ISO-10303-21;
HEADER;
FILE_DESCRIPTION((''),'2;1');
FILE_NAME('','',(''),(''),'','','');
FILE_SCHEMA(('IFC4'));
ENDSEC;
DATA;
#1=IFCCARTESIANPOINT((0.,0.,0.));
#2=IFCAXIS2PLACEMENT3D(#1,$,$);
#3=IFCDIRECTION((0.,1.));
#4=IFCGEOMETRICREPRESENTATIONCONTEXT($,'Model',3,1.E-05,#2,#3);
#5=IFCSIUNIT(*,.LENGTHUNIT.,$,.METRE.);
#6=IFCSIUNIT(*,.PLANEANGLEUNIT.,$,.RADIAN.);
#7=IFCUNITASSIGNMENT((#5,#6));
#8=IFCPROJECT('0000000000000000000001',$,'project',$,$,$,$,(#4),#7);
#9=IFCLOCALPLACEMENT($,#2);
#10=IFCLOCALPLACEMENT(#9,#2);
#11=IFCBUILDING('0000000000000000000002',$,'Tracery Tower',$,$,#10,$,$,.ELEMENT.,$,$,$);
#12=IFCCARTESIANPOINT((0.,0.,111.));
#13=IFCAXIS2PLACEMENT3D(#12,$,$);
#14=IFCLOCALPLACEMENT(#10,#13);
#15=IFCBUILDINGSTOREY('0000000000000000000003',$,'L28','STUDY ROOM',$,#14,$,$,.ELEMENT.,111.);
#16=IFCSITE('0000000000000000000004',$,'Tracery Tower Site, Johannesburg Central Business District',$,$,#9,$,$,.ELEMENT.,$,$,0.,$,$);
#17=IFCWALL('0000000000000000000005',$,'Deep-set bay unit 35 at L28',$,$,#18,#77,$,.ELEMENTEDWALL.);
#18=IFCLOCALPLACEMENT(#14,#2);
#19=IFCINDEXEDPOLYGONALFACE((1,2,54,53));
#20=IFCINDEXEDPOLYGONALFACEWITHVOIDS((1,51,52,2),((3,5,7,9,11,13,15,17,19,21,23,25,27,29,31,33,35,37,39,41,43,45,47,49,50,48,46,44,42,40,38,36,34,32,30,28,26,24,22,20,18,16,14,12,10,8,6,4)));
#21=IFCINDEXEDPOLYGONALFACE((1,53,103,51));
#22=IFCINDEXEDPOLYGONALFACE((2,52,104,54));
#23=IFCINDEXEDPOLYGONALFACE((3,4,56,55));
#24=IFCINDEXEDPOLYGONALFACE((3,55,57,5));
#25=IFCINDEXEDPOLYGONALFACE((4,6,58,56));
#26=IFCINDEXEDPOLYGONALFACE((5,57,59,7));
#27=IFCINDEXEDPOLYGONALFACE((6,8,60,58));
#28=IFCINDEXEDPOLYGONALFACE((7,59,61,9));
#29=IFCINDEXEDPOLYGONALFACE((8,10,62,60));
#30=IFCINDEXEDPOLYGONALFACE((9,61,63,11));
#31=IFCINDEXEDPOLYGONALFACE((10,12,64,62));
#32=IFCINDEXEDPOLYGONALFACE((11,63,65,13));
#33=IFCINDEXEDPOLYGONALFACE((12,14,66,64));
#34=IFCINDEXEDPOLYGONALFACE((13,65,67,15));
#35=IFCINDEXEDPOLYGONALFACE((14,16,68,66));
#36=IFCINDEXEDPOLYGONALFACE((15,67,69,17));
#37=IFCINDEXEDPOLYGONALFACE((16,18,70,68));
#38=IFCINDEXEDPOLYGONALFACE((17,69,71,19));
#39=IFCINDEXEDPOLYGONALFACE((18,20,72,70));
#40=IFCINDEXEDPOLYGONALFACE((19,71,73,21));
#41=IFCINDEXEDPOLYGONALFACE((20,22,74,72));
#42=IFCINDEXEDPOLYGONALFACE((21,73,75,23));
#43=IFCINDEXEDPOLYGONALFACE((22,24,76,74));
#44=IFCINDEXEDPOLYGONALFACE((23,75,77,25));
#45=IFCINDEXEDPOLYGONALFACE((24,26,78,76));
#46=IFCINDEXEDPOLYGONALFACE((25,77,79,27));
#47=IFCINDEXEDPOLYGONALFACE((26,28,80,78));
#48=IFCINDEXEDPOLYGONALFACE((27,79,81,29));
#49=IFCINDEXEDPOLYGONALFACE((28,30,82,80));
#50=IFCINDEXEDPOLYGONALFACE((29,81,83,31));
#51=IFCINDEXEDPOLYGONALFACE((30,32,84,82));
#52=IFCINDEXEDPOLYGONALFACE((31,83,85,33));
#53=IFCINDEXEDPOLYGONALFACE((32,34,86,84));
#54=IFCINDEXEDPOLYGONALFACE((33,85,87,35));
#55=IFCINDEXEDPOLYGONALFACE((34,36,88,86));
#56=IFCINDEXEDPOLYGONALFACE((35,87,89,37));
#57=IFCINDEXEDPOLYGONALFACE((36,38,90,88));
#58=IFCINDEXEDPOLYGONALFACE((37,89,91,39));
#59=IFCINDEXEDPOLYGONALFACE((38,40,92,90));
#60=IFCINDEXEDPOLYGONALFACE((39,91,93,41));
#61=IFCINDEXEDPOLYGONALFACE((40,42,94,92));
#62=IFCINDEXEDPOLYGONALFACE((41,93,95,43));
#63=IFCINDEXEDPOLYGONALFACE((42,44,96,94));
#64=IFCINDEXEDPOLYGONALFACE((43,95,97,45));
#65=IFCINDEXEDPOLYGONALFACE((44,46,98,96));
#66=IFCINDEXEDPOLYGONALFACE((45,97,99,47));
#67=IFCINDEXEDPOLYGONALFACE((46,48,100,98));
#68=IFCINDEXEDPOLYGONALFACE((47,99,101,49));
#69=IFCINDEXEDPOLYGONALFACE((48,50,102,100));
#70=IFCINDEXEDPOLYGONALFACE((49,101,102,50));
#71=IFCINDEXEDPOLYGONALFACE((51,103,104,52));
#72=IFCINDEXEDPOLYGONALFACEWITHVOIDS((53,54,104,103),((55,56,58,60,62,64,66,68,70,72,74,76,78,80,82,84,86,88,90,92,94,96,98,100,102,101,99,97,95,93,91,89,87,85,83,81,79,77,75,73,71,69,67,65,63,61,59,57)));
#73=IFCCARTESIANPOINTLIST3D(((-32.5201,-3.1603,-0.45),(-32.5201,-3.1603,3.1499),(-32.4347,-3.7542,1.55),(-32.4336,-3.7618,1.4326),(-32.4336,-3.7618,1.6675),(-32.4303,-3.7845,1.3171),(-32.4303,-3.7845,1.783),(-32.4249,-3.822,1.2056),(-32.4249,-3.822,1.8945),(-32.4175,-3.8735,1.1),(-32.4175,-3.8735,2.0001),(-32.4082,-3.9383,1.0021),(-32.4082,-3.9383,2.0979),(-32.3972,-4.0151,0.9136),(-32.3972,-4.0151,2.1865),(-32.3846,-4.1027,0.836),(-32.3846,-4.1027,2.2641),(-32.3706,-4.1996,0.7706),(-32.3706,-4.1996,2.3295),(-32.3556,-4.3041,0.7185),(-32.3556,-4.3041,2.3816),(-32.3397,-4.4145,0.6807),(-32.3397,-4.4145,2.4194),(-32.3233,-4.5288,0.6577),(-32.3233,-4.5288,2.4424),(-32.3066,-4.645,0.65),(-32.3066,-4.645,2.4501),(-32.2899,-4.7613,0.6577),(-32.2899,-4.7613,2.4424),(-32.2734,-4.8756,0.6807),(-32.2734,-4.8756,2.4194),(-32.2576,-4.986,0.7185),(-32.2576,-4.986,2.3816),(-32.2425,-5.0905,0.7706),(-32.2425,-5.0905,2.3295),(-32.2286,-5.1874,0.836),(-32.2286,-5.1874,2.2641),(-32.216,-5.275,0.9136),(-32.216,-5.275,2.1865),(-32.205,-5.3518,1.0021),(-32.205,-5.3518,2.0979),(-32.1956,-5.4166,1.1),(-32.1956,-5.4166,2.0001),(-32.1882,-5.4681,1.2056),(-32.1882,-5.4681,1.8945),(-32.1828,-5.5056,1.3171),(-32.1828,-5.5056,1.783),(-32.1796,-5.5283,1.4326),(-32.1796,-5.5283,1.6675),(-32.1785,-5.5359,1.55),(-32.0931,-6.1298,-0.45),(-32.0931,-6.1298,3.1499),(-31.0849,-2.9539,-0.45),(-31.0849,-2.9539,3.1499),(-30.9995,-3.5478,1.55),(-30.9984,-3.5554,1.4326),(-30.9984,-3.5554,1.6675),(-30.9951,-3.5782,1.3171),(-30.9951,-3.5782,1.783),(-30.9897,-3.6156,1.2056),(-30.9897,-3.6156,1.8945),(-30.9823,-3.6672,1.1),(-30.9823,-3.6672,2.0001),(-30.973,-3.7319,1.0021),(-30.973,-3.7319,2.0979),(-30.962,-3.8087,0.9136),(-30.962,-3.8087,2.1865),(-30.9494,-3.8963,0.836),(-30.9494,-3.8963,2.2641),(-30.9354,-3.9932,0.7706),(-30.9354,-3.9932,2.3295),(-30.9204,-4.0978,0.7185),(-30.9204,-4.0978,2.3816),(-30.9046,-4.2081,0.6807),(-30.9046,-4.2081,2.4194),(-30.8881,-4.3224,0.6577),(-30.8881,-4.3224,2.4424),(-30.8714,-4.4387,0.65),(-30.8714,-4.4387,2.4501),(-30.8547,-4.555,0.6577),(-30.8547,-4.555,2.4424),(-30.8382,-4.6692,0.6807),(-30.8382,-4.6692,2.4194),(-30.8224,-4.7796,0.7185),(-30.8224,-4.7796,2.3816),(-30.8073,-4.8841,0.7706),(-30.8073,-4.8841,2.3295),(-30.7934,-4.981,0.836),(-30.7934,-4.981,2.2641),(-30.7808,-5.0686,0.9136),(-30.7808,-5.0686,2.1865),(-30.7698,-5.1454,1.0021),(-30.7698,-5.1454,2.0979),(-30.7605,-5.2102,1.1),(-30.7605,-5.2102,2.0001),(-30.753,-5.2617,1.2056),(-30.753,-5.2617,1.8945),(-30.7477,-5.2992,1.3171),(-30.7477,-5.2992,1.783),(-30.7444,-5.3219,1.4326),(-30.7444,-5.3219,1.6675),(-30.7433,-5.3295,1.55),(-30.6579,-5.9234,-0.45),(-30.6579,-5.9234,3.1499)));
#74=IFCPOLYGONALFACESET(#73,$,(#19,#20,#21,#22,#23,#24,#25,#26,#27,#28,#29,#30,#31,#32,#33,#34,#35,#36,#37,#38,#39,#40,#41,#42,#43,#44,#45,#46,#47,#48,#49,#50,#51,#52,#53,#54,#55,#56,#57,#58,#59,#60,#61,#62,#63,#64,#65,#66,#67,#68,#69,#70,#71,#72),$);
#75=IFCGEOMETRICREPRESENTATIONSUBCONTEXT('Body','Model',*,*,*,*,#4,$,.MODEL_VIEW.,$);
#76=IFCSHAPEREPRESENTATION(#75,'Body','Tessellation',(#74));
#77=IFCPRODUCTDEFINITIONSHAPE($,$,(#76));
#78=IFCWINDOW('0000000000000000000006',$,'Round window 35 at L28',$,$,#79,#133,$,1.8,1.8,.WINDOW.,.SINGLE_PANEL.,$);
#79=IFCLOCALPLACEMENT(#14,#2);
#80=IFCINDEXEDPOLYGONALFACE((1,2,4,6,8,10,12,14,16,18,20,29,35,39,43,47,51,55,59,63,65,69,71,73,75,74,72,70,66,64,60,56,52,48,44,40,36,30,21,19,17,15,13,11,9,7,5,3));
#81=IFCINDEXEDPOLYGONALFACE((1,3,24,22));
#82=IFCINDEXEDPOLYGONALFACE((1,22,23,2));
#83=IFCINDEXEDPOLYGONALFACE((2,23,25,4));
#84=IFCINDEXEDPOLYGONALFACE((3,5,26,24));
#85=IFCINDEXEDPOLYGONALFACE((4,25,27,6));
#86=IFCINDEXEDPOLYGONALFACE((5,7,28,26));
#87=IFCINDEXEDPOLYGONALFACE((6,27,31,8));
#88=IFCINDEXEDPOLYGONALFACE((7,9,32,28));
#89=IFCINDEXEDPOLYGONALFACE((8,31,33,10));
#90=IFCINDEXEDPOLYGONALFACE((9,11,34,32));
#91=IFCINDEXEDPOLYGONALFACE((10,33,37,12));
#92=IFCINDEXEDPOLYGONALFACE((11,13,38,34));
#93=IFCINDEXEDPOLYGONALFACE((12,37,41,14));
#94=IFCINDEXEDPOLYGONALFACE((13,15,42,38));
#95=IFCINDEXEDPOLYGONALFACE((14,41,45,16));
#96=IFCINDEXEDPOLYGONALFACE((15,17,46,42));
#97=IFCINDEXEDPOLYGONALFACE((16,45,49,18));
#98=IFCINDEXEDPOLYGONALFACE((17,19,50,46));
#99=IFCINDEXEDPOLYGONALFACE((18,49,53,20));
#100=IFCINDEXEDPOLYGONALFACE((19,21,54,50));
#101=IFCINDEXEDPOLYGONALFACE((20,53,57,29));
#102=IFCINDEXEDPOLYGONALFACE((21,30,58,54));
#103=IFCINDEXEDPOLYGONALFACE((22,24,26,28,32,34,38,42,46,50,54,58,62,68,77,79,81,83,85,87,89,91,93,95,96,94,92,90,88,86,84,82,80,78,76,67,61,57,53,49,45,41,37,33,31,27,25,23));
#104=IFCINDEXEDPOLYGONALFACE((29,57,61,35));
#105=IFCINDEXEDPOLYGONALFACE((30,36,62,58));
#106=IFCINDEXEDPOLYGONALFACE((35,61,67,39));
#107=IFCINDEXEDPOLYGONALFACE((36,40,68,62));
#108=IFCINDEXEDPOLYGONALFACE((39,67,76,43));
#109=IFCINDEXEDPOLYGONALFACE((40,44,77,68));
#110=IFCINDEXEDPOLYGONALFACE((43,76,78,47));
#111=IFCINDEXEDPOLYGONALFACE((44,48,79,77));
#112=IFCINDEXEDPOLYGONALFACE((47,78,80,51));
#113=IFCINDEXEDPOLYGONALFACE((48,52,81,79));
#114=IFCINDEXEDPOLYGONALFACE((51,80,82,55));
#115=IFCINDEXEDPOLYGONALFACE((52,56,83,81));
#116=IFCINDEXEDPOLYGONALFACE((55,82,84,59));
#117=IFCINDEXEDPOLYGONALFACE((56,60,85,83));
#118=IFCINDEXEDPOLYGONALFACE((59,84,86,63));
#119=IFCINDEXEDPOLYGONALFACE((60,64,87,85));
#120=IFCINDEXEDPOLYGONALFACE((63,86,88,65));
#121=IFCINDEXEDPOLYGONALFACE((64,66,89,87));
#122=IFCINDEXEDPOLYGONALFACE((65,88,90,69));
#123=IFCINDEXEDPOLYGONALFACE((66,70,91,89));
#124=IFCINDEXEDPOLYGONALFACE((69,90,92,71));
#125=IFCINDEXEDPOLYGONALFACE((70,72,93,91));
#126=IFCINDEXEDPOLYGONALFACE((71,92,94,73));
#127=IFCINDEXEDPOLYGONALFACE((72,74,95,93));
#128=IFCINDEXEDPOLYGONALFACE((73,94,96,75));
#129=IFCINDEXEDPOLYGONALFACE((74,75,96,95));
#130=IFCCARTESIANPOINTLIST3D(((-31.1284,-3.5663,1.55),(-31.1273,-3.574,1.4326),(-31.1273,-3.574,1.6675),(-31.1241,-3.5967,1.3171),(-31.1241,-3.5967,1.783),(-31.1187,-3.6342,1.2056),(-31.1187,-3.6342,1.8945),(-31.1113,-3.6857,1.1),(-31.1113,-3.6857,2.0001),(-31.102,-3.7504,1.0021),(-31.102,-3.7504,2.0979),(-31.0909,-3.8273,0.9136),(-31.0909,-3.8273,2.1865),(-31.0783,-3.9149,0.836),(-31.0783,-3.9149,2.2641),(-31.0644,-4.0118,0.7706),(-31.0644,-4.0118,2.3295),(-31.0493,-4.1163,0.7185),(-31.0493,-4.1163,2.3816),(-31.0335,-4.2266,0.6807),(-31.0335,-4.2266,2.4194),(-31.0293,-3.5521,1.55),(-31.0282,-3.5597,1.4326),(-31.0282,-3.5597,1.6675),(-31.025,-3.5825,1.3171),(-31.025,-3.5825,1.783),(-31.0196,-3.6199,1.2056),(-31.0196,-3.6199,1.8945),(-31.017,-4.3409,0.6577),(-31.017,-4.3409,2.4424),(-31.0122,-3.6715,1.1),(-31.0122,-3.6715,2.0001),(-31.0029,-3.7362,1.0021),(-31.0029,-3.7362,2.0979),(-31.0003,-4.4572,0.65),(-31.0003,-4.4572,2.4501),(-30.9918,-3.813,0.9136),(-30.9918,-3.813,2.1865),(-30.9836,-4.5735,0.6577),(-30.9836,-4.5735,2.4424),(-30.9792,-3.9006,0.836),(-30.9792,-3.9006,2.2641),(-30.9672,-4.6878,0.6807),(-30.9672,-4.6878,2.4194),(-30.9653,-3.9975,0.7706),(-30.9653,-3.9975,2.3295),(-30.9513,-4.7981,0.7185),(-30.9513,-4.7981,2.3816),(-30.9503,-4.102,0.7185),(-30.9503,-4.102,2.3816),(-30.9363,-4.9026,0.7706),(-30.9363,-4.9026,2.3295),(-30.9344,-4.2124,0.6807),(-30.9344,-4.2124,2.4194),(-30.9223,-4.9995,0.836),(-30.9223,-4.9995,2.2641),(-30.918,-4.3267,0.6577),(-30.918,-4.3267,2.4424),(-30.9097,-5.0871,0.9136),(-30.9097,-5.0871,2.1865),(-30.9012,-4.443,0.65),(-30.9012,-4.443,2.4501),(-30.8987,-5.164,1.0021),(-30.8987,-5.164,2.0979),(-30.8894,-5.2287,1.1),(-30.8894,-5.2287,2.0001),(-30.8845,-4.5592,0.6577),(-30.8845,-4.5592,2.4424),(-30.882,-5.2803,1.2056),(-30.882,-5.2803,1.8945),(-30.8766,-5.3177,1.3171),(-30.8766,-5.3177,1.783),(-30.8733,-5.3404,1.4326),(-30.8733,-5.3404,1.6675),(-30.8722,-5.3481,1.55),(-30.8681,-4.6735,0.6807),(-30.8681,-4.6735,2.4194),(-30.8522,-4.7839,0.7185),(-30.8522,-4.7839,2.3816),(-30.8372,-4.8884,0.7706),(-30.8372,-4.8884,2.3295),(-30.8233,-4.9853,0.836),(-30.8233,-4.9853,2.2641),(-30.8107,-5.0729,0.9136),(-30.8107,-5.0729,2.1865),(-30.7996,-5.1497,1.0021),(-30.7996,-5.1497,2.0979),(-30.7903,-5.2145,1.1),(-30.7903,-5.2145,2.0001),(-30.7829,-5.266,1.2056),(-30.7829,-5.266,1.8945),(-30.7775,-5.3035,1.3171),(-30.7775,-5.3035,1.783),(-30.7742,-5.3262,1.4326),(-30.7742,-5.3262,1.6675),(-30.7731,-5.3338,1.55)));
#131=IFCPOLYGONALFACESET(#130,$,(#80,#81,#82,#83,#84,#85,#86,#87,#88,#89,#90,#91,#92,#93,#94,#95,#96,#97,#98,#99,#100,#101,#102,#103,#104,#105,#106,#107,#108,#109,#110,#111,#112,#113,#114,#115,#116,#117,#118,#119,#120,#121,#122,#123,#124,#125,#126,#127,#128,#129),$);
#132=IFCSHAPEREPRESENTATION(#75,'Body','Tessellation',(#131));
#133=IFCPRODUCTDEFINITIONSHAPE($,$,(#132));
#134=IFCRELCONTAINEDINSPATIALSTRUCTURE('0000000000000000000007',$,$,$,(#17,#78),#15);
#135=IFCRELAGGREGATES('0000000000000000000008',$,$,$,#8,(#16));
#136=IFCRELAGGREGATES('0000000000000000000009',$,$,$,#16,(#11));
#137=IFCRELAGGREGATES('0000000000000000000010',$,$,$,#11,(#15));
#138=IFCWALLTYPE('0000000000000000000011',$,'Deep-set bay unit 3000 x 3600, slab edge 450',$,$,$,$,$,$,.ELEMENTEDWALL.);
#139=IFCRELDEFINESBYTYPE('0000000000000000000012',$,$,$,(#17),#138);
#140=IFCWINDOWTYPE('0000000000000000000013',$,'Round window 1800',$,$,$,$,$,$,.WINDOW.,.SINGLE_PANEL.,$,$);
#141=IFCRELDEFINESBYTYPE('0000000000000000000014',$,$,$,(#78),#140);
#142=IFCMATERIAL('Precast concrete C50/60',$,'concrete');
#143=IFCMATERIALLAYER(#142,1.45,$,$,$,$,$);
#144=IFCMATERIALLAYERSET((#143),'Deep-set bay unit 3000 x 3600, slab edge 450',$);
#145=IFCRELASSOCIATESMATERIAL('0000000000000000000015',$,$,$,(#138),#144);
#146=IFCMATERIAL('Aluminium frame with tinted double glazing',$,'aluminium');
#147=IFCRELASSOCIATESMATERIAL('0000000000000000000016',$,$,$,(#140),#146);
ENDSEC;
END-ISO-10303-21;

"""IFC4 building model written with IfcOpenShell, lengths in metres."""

from ifc_helpers import new_model, si_unit, direction, frame, frame_2d, origin, origin_2d, place, context, subcontext, project, spatial, rectangle, circle, extrude, material, layer, layer_set, type_object, element, fill, save


model = new_model("IFC4")

# Units and contexts
model_context = context("Model", 3, precision=1e-05, world=origin(), true_north=direction((0.0, 1.0)))
body_context = subcontext(model_context, "Body", "Model", "MODEL_VIEW")
ifc_project = project(units=[si_unit("LENGTHUNIT", "METRE"), si_unit("PLANEANGLEUNIT", "RADIAN")], contexts=[model_context])

# Site, building, storey
site_placement = place(None, origin())
site = spatial("IfcSite", under=ifc_project, at=site_placement, Name="Tracery Tower Site, Johannesburg Central Business District", CompositionType="ELEMENT", RefElevation=0.0)
building_placement = place(site_placement, origin())
building = spatial("IfcBuilding", under=site, at=building_placement, Name="Tracery Tower", CompositionType="ELEMENT")
storey_placement = place(building_placement, frame((0.0, 0.0, 111.0)))
storey = spatial("IfcBuildingStorey", under=building, at=storey_placement, Name="L28", Description="STUDY ROOM", CompositionType="ELEMENT", Elevation=111.0)

# Wall, opening, window
ifc_material_1 = material(Name="Precast concrete C50/60", Category="concrete")
ifc_layer_1 = layer(ifc_material_1, 1.45)
ifc_layer_set_1 = layer_set([ifc_layer_1], Name="Deep-set bay unit 3000 x 3600, slab edge 450")
wall_type_1 = type_object("IfcWallType", Name="Deep-set bay unit 3000 x 3600, slab edge 450", PredefinedType="ELEMENTEDWALL", material=ifc_layer_set_1)
wall_1_placement = place(storey_placement, frame((-31.8025, -3.0571, -0.45), z_axis=(0.0, 0.0, 1.0), x_axis=(0.142333, -0.989819, 0.0)))
wall_1 = element("IfcWall", 1, at=wall_1_placement, inside=storey, type_object=wall_type_1, Name="Deep-set bay unit 35 at L28", PredefinedType="ELEMENTEDWALL", context=body_context, shape_type="SweptSolid", body=[
    extrude(rectangle(XDim=3.0, YDim=1.45, at=frame_2d((1.5, 0.0))), origin(), (0.0, 0.0, 1.0), 3.5999),
])
opening_1_placement = place(wall_1_placement, frame((1.5, 0.0, 2.0)))
opening_1 = element("IfcOpeningElement", 2, at=opening_1_placement, cuts=wall_1, PredefinedType="OPENING", context=body_context, shape_type="SweptSolid", body=[
    extrude(circle(Radius=0.9, at=origin_2d()), frame((0.0, 0.7349, 0.0), z_axis=(0.0, -1.0, 0.0), x_axis=(1.0, 0.0, 0.0)), (0.0, 0.0, 1.0), 1.47),
])
ifc_material_2 = material(Name="Aluminium frame with tinted double glazing", Category="aluminium")
window_type = type_object("IfcWindowType", Name="Round window 1800", PartitioningType="SINGLE_PANEL", PredefinedType="WINDOW", material=ifc_material_2)
window_1_placement = place(opening_1_placement, origin())
window_1 = element("IfcWindow", 3, at=window_1_placement, inside=storey, type_object=window_type, Name="Round window 35 at L28", OverallHeight=1.8, OverallWidth=1.8, PartitioningType="SINGLE_PANEL", PredefinedType="WINDOW", context=body_context, shape_type="SweptSolid", body=[
    extrude(circle(Radius=0.9, at=origin_2d()), frame((0.0, 0.6948, 0.0), z_axis=(0.0, -1.0, 0.0), x_axis=(1.0, 0.0, 0.0)), (0.0, 0.0, 1.0), 0.1001),
])
fill(opening_1, window_1)

save(model, "model.ifc")
